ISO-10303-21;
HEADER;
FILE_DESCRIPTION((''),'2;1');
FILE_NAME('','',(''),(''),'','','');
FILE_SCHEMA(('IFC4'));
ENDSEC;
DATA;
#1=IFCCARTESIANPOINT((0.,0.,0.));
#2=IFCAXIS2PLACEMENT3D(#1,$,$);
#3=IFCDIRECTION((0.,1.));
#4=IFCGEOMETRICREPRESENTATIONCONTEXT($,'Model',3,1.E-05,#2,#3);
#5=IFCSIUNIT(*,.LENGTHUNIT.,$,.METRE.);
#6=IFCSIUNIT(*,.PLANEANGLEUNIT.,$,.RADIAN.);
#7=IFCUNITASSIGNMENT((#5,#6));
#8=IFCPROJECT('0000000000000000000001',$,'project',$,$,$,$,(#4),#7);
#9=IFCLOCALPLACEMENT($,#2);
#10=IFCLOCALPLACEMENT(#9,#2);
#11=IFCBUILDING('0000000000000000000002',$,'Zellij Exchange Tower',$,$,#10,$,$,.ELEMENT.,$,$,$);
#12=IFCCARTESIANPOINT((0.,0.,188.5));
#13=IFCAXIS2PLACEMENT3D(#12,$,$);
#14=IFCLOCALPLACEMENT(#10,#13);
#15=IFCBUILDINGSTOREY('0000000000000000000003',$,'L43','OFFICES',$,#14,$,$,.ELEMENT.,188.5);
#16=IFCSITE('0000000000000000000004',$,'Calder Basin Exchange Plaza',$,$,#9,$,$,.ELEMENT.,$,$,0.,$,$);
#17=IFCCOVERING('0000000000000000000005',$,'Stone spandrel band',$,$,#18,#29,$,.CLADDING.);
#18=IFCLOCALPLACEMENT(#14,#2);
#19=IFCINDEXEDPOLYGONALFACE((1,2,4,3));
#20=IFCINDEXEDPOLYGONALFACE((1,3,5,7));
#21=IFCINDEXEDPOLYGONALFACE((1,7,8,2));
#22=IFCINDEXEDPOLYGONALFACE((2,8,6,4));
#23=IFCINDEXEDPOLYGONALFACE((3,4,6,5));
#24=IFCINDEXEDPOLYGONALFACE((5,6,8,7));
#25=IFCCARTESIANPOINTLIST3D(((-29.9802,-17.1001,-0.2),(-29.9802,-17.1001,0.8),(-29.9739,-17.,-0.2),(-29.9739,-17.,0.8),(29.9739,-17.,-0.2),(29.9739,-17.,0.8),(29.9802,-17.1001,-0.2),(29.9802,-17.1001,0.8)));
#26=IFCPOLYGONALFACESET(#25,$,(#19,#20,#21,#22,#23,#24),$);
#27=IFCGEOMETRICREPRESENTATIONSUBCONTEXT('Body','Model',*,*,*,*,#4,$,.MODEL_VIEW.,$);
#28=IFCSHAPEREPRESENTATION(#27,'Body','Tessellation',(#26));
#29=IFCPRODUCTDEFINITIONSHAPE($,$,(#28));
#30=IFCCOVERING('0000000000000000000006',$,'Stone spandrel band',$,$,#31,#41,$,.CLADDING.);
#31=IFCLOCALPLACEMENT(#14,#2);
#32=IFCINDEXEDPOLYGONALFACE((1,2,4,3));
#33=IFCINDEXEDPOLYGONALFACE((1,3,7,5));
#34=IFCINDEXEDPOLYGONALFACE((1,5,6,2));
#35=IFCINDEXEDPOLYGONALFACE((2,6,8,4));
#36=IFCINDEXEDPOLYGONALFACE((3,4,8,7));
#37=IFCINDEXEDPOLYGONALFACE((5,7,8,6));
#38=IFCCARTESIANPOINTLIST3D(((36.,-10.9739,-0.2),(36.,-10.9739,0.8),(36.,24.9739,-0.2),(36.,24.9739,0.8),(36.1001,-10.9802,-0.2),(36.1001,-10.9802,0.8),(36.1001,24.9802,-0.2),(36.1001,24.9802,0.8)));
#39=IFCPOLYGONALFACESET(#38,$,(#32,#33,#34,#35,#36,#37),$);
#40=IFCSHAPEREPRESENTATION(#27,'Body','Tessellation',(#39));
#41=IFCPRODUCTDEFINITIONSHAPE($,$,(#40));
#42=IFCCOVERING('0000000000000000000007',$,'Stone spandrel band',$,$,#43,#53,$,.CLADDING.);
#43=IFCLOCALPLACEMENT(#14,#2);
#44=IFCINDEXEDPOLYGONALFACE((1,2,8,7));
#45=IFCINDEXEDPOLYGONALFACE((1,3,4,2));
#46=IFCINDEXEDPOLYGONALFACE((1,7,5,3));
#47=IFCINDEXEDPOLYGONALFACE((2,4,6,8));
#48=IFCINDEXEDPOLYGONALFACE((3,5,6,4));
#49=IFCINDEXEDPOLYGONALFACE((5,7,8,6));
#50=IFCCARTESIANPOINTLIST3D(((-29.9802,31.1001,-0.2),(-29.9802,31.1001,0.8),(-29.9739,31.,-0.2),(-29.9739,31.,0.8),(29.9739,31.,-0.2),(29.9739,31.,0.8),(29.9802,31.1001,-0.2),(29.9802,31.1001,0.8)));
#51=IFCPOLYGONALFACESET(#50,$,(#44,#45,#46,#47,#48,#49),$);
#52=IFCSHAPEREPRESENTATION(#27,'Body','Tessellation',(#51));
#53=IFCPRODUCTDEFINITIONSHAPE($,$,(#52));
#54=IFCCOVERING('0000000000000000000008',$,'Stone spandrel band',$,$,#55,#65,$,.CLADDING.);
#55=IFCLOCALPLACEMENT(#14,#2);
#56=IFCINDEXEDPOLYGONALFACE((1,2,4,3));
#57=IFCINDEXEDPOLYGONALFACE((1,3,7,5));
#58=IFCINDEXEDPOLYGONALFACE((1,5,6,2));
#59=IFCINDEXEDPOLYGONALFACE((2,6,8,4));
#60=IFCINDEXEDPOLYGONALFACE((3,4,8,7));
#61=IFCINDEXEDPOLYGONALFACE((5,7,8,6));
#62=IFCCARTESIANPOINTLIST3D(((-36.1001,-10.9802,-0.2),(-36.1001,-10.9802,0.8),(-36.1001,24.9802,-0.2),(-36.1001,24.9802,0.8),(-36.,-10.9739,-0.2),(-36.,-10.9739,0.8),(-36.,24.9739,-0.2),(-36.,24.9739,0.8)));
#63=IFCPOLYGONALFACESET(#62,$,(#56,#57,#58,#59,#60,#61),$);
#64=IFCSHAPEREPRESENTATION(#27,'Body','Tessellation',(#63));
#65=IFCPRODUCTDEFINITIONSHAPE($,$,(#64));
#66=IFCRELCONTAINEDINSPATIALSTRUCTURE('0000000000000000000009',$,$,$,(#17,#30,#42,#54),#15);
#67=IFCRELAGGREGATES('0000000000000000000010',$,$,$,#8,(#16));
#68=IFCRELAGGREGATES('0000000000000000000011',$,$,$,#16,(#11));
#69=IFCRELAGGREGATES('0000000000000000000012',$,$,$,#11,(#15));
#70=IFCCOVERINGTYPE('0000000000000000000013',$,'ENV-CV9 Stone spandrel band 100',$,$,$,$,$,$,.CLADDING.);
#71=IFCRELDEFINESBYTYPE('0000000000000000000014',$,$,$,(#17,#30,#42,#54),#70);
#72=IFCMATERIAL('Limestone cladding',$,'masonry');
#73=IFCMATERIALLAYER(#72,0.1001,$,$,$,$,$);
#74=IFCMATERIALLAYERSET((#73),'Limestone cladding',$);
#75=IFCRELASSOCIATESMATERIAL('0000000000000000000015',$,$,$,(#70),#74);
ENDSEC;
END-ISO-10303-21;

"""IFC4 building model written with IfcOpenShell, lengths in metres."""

from ifc_helpers import new_model, si_unit, direction, frame, origin, place, context, subcontext, project, spatial, polyline, outline, extrude, material, layer, layer_set, type_object, element, save


model = new_model("IFC4")

# Units and contexts
model_context = context("Model", 3, precision=1e-05, world=origin(), true_north=direction((0.0, 1.0)))
body_context = subcontext(model_context, "Body", "Model", "MODEL_VIEW")
ifc_project = project(units=[si_unit("LENGTHUNIT", "METRE"), si_unit("PLANEANGLEUNIT", "RADIAN")], contexts=[model_context])

# Site, building, storey
site_placement = place(None, origin())
site = spatial("IfcSite", under=ifc_project, at=site_placement, Name="Calder Basin Exchange Plaza", CompositionType="ELEMENT", RefElevation=0.0)
building_placement = place(site_placement, origin())
building = spatial("IfcBuilding", under=site, at=building_placement, Name="Zellij Exchange Tower", CompositionType="ELEMENT")
storey_placement = place(building_placement, frame((0.0, 0.0, 188.5)))
storey = spatial("IfcBuildingStorey", under=building, at=storey_placement, Name="L43", Description="OFFICES", CompositionType="ELEMENT", Elevation=188.5)

# Coverings
ifc_material_1 = material(Name="Limestone cladding", Category="masonry")
ifc_layer_1 = layer(ifc_material_1, 0.1001)
ifc_layer_set_1 = layer_set([ifc_layer_1], Name="Limestone cladding")
covering_type_1 = type_object("IfcCoveringType", Name="ENV-CV9 Stone spandrel band 100", PredefinedType="CLADDING", material=ifc_layer_set_1)
covering_1_placement = place(storey_placement, frame((0.0, 0.0, -0.2)))
element("IfcCovering", 1, at=covering_1_placement, inside=storey, type_object=covering_type_1, Name="Stone spandrel band", PredefinedType="CLADDING", context=body_context, shape_type="SweptSolid", body=[
    extrude(outline(polyline([(-29.9739, -17.0), (29.9739, -17.0), (29.9802, -17.1001), (-29.9802, -17.1001), (-29.9739, -17.0)])), origin(), (0.0, 0.0, 1.0), 1.0),
])
covering_2_placement = place(storey_placement, frame((0.0, 0.0, -0.2)))
element("IfcCovering", 2, at=covering_2_placement, inside=storey, type_object=covering_type_1, Name="Stone spandrel band", PredefinedType="CLADDING", context=body_context, shape_type="SweptSolid", body=[
    extrude(outline(polyline([(36.0, -10.9739), (36.0, 24.9739), (36.1001, 24.9802), (36.1001, -10.9802), (36.0, -10.9739)])), origin(), (0.0, 0.0, 1.0), 1.0),
])
covering_3_placement = place(storey_placement, frame((0.0, 0.0, -0.2)))
element("IfcCovering", 3, at=covering_3_placement, inside=storey, type_object=covering_type_1, Name="Stone spandrel band", PredefinedType="CLADDING", context=body_context, shape_type="SweptSolid", body=[
    extrude(outline(polyline([(29.9739, 31.0), (-29.9739, 31.0), (-29.9802, 31.1001), (29.9802, 31.1001), (29.9739, 31.0)])), origin(), (0.0, 0.0, 1.0), 1.0),
])
covering_4_placement = place(storey_placement, frame((0.0, 0.0, -0.2)))
element("IfcCovering", 4, at=covering_4_placement, inside=storey, type_object=covering_type_1, Name="Stone spandrel band", PredefinedType="CLADDING", context=body_context, shape_type="SweptSolid", body=[
    extrude(outline(polyline([(-36.0, 24.9739), (-36.0, -10.9739), (-36.1001, -10.9802), (-36.1001, 24.9802), (-36.0, 24.9739)])), origin(), (0.0, 0.0, 1.0), 1.0),
])

save(model, "model.ifc")
